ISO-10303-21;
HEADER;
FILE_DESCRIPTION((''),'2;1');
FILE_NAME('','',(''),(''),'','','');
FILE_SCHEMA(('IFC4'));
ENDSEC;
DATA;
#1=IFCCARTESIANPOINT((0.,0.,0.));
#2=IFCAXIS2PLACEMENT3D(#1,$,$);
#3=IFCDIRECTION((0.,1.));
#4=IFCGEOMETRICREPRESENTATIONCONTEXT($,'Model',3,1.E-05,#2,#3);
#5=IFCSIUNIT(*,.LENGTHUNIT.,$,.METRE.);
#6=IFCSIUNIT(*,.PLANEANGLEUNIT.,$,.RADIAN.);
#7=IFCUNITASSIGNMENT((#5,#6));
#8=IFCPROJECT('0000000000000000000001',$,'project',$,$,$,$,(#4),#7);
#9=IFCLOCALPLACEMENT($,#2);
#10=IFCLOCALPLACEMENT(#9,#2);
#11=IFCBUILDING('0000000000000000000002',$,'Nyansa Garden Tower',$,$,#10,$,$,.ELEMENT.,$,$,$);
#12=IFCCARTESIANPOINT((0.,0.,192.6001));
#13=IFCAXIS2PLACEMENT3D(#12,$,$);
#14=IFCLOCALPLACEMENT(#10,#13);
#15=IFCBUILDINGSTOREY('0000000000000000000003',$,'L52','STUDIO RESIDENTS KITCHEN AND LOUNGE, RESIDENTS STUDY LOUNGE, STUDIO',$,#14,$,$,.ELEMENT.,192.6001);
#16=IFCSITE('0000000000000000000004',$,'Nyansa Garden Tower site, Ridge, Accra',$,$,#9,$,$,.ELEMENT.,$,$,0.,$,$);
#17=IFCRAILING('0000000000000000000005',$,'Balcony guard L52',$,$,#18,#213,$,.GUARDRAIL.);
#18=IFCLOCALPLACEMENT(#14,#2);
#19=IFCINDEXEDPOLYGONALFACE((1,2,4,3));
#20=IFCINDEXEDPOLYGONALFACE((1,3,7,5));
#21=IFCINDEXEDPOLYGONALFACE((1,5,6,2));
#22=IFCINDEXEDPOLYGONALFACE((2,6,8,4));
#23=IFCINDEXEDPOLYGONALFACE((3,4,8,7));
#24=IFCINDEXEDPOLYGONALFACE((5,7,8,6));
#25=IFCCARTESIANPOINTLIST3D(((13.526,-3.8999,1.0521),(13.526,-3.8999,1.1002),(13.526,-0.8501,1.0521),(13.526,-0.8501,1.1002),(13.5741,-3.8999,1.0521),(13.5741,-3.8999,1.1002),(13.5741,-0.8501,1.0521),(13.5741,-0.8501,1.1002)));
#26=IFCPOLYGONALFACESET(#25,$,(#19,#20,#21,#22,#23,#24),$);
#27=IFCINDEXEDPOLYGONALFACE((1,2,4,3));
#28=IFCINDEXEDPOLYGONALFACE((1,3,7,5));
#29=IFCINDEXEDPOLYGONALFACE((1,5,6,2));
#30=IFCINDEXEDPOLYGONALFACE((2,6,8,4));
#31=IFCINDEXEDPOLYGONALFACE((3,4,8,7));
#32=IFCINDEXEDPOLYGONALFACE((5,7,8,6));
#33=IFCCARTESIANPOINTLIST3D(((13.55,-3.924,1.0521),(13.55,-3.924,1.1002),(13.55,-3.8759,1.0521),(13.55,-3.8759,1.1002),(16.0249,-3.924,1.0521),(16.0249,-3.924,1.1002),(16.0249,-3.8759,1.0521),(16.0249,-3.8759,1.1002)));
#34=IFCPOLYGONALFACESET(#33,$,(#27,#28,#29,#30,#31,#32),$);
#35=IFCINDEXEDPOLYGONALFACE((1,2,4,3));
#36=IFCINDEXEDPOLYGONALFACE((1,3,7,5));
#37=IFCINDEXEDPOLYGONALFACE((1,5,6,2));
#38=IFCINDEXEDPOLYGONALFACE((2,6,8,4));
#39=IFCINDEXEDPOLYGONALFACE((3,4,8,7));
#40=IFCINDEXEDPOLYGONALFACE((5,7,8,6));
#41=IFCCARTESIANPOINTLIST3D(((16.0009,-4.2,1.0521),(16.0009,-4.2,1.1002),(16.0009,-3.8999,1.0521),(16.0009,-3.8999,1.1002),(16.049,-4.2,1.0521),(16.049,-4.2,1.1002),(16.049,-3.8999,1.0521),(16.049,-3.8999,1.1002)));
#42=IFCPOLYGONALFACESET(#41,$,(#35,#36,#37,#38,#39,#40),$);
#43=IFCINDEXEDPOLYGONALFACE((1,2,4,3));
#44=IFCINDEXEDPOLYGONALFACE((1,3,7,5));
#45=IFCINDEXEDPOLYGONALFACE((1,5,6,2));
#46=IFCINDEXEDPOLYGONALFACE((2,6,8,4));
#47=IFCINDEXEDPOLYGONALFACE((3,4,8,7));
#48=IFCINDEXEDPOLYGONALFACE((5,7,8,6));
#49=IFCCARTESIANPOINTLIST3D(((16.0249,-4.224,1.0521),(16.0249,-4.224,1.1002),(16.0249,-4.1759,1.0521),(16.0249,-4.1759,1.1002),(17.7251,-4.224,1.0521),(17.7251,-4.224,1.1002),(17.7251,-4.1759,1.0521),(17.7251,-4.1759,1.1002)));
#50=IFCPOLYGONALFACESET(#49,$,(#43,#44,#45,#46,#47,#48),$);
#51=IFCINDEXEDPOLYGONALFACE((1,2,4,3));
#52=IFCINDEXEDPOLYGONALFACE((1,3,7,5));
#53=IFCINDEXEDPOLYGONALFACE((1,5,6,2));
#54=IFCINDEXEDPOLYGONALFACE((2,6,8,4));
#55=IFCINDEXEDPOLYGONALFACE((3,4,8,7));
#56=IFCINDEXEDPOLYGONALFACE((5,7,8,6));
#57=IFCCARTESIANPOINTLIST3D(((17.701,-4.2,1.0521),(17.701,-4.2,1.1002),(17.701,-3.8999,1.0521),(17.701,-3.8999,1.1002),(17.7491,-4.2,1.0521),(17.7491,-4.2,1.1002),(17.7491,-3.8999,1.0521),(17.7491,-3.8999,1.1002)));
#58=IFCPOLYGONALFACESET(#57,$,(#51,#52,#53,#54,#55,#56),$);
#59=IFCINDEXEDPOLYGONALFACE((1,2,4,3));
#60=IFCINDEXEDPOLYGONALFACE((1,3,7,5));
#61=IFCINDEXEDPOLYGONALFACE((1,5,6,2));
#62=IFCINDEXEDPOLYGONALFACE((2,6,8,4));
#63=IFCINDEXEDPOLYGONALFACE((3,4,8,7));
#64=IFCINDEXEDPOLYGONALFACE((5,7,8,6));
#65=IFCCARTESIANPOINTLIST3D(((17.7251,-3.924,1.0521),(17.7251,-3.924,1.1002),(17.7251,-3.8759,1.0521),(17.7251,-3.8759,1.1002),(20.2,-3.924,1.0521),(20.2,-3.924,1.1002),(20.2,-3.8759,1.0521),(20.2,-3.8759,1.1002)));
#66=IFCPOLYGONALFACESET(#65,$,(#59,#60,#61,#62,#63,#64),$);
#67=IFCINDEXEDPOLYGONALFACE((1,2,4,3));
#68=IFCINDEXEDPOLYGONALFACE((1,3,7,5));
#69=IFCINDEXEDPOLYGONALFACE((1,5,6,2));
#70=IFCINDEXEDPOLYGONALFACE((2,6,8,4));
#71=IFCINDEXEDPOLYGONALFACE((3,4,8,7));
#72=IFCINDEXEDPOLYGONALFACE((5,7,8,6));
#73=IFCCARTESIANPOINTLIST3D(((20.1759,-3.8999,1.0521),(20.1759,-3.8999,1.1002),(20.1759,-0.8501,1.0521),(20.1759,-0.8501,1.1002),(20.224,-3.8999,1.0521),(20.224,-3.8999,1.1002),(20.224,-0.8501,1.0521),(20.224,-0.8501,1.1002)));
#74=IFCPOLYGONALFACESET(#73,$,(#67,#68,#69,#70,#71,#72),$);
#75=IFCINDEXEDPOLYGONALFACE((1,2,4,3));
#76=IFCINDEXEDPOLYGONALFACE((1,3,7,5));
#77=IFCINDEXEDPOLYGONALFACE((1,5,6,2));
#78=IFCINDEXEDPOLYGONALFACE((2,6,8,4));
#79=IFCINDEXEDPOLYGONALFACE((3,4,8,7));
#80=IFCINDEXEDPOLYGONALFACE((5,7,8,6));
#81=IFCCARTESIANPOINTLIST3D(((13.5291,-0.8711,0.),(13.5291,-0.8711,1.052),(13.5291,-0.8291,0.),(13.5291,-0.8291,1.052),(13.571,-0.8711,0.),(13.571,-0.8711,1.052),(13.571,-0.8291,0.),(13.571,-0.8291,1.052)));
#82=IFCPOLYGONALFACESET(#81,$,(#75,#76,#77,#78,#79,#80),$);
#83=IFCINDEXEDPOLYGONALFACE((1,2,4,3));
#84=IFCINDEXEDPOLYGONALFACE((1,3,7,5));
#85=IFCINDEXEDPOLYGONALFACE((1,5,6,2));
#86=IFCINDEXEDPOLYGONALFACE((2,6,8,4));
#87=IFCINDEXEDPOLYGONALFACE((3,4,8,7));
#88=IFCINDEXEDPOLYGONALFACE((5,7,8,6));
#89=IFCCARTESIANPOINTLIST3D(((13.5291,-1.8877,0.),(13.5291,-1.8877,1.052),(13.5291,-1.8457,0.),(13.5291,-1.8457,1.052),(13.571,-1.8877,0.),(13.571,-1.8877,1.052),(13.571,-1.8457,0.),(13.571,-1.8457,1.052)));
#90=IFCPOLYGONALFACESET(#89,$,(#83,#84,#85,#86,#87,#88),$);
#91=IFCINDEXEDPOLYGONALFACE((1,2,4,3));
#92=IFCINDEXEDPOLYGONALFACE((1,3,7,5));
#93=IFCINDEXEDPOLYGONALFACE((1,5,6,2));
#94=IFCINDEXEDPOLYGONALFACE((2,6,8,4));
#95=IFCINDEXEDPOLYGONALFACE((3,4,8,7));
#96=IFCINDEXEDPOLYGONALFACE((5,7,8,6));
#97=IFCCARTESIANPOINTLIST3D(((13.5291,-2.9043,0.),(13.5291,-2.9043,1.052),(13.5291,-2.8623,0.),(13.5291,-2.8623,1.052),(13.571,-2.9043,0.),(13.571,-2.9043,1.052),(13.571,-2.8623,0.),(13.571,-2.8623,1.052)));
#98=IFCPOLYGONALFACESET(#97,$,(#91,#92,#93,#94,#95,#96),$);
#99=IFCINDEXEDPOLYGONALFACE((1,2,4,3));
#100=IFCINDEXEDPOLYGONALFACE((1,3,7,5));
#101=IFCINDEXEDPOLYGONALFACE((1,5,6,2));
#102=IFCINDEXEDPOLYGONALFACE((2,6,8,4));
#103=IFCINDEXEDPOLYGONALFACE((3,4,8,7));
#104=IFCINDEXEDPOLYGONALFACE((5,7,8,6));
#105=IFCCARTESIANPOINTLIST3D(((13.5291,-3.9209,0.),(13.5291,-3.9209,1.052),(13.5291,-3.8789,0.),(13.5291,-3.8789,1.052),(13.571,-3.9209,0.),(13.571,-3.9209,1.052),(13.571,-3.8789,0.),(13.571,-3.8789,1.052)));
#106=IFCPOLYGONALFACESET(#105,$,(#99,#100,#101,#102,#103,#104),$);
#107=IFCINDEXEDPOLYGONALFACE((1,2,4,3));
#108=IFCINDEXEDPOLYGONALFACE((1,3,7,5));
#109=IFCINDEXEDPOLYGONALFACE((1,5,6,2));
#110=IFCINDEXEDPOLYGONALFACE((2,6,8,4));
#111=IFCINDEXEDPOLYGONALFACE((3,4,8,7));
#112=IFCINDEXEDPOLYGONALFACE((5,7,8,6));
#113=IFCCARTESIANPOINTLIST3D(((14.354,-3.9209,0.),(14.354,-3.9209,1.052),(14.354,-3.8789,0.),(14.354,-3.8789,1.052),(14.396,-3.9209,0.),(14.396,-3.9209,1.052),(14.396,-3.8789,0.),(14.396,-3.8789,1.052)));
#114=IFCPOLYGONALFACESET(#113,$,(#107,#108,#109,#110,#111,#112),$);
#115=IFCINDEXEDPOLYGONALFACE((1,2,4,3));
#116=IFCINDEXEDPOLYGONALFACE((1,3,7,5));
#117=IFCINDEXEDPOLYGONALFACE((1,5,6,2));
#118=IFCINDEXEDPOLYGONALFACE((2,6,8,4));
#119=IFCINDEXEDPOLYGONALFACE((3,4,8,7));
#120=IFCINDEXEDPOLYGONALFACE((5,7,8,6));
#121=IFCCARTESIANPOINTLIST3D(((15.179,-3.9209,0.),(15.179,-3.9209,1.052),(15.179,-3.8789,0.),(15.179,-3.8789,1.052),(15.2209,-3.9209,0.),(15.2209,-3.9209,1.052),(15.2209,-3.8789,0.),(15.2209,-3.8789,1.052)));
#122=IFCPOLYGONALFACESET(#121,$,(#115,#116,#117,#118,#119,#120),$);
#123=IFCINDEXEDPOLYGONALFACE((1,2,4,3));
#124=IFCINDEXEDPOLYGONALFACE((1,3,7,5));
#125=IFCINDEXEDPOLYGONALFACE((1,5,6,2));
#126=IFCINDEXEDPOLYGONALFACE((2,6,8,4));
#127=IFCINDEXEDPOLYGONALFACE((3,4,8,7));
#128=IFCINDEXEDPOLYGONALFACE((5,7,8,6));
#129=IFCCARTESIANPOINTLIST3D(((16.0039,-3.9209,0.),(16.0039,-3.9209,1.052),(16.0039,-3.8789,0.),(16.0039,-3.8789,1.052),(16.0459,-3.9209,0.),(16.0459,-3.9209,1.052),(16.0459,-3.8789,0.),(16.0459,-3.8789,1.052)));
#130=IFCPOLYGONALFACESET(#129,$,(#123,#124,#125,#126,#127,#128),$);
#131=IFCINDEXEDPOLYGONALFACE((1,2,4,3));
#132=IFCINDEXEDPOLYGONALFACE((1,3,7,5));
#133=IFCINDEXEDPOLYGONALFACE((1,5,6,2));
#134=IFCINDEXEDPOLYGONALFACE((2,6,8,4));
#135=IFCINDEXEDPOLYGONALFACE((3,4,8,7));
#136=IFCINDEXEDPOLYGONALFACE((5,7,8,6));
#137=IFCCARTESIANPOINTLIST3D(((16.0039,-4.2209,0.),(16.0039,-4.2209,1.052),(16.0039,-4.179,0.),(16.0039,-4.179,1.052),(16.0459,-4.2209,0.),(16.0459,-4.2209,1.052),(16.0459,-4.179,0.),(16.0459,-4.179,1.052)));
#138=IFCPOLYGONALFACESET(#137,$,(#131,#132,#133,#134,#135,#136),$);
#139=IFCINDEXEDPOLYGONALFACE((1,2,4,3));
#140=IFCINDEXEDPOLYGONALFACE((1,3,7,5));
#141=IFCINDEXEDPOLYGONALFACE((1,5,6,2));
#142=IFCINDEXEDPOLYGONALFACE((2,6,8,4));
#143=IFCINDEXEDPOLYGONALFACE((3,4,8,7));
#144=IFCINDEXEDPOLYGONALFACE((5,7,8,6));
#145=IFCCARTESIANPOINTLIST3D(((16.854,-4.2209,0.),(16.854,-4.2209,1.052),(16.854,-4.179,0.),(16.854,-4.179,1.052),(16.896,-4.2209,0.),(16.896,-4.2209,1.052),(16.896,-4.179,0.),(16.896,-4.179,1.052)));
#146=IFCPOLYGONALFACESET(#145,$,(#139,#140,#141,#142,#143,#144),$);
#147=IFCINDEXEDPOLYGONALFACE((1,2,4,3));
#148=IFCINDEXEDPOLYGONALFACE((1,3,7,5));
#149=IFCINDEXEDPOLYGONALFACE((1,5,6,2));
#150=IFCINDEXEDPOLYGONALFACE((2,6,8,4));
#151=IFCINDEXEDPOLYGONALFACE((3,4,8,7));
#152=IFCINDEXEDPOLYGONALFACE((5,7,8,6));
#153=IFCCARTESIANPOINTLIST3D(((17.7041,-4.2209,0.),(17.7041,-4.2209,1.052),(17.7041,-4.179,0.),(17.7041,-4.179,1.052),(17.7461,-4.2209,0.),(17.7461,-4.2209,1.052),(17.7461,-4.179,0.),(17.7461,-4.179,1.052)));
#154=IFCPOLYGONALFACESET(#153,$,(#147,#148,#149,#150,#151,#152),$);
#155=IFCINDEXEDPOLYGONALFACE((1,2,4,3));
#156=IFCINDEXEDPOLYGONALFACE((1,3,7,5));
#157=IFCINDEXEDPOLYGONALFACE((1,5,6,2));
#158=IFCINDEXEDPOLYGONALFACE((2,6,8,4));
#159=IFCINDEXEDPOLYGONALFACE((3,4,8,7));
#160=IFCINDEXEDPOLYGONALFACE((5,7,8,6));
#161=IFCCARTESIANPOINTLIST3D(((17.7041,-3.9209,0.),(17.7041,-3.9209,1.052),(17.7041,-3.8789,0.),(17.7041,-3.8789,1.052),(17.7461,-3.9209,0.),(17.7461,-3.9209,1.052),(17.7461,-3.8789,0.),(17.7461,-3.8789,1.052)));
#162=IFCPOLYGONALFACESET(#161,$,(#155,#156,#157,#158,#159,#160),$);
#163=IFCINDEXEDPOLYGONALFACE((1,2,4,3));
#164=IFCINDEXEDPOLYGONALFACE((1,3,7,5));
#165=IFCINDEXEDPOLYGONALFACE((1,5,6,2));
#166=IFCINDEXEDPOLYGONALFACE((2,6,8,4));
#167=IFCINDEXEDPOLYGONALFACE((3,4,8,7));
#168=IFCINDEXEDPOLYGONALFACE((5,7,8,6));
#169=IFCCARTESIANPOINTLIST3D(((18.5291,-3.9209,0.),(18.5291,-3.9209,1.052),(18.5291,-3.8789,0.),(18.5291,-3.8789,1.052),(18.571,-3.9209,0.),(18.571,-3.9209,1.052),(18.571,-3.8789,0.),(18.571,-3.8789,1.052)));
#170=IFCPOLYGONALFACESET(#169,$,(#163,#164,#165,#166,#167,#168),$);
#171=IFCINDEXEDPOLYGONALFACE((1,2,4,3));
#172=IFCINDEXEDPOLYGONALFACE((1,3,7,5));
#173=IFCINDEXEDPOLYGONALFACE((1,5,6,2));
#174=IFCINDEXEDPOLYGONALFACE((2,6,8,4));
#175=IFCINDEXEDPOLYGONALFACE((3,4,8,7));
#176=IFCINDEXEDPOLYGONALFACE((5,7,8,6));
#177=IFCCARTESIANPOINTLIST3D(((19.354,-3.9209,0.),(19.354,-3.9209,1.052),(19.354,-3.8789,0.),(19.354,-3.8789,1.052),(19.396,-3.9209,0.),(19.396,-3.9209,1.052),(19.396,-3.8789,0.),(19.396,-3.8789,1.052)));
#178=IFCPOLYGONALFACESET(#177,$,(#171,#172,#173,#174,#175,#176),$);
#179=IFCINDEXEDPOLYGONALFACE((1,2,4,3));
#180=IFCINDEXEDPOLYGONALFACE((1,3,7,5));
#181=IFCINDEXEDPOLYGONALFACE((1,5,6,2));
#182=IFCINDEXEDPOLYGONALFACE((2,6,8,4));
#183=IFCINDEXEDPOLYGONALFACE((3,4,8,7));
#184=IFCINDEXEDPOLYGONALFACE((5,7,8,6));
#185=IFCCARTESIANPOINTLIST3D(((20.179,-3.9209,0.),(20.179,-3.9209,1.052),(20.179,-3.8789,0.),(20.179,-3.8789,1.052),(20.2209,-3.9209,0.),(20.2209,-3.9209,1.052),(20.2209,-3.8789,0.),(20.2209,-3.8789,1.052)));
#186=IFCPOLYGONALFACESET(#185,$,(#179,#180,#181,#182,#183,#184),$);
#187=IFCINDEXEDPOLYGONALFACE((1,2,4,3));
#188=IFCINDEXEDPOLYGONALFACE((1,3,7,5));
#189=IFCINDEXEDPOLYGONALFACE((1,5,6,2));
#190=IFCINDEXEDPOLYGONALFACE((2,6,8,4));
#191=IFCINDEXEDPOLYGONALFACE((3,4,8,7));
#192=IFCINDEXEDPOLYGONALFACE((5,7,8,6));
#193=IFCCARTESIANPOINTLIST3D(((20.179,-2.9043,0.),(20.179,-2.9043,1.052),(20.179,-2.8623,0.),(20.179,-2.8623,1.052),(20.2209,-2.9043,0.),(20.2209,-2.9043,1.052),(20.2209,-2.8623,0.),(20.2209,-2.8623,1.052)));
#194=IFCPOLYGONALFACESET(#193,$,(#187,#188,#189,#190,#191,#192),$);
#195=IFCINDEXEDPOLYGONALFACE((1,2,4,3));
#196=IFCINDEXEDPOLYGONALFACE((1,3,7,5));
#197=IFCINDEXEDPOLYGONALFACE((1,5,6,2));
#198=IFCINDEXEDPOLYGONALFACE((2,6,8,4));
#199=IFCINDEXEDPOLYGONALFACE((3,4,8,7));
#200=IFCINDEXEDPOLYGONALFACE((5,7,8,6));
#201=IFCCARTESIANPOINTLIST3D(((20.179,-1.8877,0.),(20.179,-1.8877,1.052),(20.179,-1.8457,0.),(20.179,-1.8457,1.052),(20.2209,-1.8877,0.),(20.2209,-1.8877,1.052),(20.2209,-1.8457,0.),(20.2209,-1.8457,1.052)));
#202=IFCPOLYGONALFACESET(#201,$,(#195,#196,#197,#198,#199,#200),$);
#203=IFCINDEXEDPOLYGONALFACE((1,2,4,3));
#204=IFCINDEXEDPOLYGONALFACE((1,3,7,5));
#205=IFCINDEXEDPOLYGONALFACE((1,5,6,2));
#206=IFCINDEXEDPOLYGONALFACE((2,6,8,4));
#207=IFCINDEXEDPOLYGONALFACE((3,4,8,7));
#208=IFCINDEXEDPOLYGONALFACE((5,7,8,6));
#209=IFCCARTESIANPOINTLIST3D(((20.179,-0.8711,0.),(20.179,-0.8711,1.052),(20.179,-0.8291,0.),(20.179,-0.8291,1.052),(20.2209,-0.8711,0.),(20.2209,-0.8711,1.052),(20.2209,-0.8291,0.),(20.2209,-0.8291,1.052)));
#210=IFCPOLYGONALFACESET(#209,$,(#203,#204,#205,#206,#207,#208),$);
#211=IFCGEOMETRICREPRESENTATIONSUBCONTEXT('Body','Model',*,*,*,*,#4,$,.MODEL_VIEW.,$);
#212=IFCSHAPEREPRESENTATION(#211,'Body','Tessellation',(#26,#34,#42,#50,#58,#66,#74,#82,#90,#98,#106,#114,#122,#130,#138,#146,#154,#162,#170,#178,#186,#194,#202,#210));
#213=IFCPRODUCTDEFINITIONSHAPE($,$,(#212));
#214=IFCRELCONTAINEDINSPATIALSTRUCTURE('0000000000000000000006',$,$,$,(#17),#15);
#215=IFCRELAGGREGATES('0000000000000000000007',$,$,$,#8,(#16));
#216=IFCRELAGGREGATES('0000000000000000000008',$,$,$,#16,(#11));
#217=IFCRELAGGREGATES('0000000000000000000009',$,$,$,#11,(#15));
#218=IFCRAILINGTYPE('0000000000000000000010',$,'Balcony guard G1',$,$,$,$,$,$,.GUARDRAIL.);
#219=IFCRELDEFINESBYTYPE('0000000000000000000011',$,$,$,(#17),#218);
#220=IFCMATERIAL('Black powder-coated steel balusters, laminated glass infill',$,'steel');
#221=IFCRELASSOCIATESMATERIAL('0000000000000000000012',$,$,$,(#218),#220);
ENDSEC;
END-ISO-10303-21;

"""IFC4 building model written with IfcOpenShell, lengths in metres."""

from ifc_helpers import new_model, si_unit, direction, frame, origin, origin_2d, place, context, subcontext, project, spatial, rectangle, extrude, material, type_object, element, save


model = new_model("IFC4")

# Units and contexts
model_context = context("Model", 3, precision=1e-05, world=origin(), true_north=direction((0.0, 1.0)))
body_context = subcontext(model_context, "Body", "Model", "MODEL_VIEW")
ifc_project = project(units=[si_unit("LENGTHUNIT", "METRE"), si_unit("PLANEANGLEUNIT", "RADIAN")], contexts=[model_context])

# Site, building, storey
site_placement = place(None, origin())
site = spatial("IfcSite", under=ifc_project, at=site_placement, Name="Nyansa Garden Tower site, Ridge, Accra", CompositionType="ELEMENT", RefElevation=0.0)
building_placement = place(site_placement, origin())
building = spatial("IfcBuilding", under=site, at=building_placement, Name="Nyansa Garden Tower", CompositionType="ELEMENT")
storey_placement = place(building_placement, frame((0.0, 0.0, 192.6001)))
storey = spatial("IfcBuildingStorey", under=building, at=storey_placement, Name="L52", Description="STUDIO RESIDENTS KITCHEN AND LOUNGE, RESIDENTS STUDY LOUNGE, STUDIO", CompositionType="ELEMENT", Elevation=192.6001)

# Railing
ifc_material_1 = material(Name="Black powder-coated steel balusters, laminated glass infill", Category="steel")
railing_type = type_object("IfcRailingType", Name="Balcony guard G1", PredefinedType="GUARDRAIL", material=ifc_material_1)
railing_placement = place(storey_placement, frame((13.55, -0.8501, 0.0)))
element("IfcRailing", 1, at=railing_placement, inside=storey, type_object=railing_type, Name="Balcony guard L52", PredefinedType="GUARDRAIL", context=body_context, shape_type="SweptSolid", body=[
    extrude(rectangle(XDim=0.0481, YDim=0.0481, at=origin_2d()), frame((0.0, 0.0, 1.0762), z_axis=(0.0, -1.0, 0.0), x_axis=(1.0, 0.0, 0.0)), (0.0, 0.0, 1.0), 3.0498),
    extrude(rectangle(XDim=0.0481, YDim=0.0481, at=origin_2d()), frame((0.0, -3.0498, 1.0762), z_axis=(1.0, 0.0, 0.0), x_axis=(0.0, 1.0, 0.0)), (0.0, 0.0, 1.0), 2.4749),
    extrude(rectangle(XDim=0.0481, YDim=0.0481, at=origin_2d()), frame((2.4749, -3.0498, 1.0762), z_axis=(0.0, -1.0, 0.0), x_axis=(1.0, 0.0, 0.0)), (0.0, 0.0, 1.0), 0.3),
    extrude(rectangle(XDim=0.0481, YDim=0.0481, at=origin_2d()), frame((2.4749, -3.3499, 1.0762), z_axis=(1.0, 0.0, 0.0), x_axis=(0.0, 1.0, 0.0)), (0.0, 0.0, 1.0), 1.7002),
    extrude(rectangle(XDim=0.0481, YDim=0.0481, at=origin_2d()), frame((4.175, -3.3499, 1.0762), z_axis=(0.0, 1.0, 0.0), x_axis=(-1.0, 0.0, 0.0)), (0.0, 0.0, 1.0), 0.3),
    extrude(rectangle(XDim=0.0481, YDim=0.0481, at=origin_2d()), frame((4.175, -3.0498, 1.0762), z_axis=(1.0, 0.0, 0.0), x_axis=(0.0, 1.0, 0.0)), (0.0, 0.0, 1.0), 2.4749),
    extrude(rectangle(XDim=0.0481, YDim=0.0481, at=origin_2d()), frame((6.6499, -3.0498, 1.0762), z_axis=(0.0, 1.0, 0.0), x_axis=(-1.0, 0.0, 0.0)), (0.0, 0.0, 1.0), 3.0498),
    extrude(rectangle(XDim=0.042, YDim=0.042, at=origin_2d()), origin(), (0.0, 0.0, 1.0), 1.052),
    extrude(rectangle(XDim=0.042, YDim=0.042, at=origin_2d()), frame((0.0, -1.0166, 0.0)), (0.0, 0.0, 1.0), 1.052),
    extrude(rectangle(XDim=0.042, YDim=0.042, at=origin_2d()), frame((0.0, -2.0332, 0.0)), (0.0, 0.0, 1.0), 1.052),
    extrude(rectangle(XDim=0.042, YDim=0.042, at=origin_2d()), frame((0.0, -3.0498, 0.0)), (0.0, 0.0, 1.0), 1.052),
    extrude(rectangle(XDim=0.042, YDim=0.042, at=origin_2d()), frame((0.825, -3.0498, 0.0)), (0.0, 0.0, 1.0), 1.052),
    extrude(rectangle(XDim=0.042, YDim=0.042, at=origin_2d()), frame((1.6499, -3.0498, 0.0)), (0.0, 0.0, 1.0), 1.052),
    extrude(rectangle(XDim=0.042, YDim=0.042, at=origin_2d()), frame((2.4749, -3.0498, 0.0)), (0.0, 0.0, 1.0), 1.052),
    extrude(rectangle(XDim=0.042, YDim=0.042, at=origin_2d()), frame((2.4749, -3.3499, 0.0)), (0.0, 0.0, 1.0), 1.052),
    extrude(rectangle(XDim=0.042, YDim=0.042, at=origin_2d()), frame((3.325, -3.3499, 0.0)), (0.0, 0.0, 1.0), 1.052),
    extrude(rectangle(XDim=0.042, YDim=0.042, at=origin_2d()), frame((4.175, -3.3499, 0.0)), (0.0, 0.0, 1.0), 1.052),
    extrude(rectangle(XDim=0.042, YDim=0.042, at=origin_2d()), frame((4.175, -3.0498, 0.0)), (0.0, 0.0, 1.0), 1.052),
    extrude(rectangle(XDim=0.042, YDim=0.042, at=origin_2d()), frame((5.0, -3.0498, 0.0)), (0.0, 0.0, 1.0), 1.052),
    extrude(rectangle(XDim=0.042, YDim=0.042, at=origin_2d()), frame((5.825, -3.0498, 0.0)), (0.0, 0.0, 1.0), 1.052),
    extrude(rectangle(XDim=0.042, YDim=0.042, at=origin_2d()), frame((6.6499, -3.0498, 0.0)), (0.0, 0.0, 1.0), 1.052),
    extrude(rectangle(XDim=0.042, YDim=0.042, at=origin_2d()), frame((6.6499, -2.0332, 0.0)), (0.0, 0.0, 1.0), 1.052),
    extrude(rectangle(XDim=0.042, YDim=0.042, at=origin_2d()), frame((6.6499, -1.0166, 0.0)), (0.0, 0.0, 1.0), 1.052),
    extrude(rectangle(XDim=0.042, YDim=0.042, at=origin_2d()), frame((6.6499, 0.0, 0.0)), (0.0, 0.0, 1.0), 1.052),
])

save(model, "model.ifc")
